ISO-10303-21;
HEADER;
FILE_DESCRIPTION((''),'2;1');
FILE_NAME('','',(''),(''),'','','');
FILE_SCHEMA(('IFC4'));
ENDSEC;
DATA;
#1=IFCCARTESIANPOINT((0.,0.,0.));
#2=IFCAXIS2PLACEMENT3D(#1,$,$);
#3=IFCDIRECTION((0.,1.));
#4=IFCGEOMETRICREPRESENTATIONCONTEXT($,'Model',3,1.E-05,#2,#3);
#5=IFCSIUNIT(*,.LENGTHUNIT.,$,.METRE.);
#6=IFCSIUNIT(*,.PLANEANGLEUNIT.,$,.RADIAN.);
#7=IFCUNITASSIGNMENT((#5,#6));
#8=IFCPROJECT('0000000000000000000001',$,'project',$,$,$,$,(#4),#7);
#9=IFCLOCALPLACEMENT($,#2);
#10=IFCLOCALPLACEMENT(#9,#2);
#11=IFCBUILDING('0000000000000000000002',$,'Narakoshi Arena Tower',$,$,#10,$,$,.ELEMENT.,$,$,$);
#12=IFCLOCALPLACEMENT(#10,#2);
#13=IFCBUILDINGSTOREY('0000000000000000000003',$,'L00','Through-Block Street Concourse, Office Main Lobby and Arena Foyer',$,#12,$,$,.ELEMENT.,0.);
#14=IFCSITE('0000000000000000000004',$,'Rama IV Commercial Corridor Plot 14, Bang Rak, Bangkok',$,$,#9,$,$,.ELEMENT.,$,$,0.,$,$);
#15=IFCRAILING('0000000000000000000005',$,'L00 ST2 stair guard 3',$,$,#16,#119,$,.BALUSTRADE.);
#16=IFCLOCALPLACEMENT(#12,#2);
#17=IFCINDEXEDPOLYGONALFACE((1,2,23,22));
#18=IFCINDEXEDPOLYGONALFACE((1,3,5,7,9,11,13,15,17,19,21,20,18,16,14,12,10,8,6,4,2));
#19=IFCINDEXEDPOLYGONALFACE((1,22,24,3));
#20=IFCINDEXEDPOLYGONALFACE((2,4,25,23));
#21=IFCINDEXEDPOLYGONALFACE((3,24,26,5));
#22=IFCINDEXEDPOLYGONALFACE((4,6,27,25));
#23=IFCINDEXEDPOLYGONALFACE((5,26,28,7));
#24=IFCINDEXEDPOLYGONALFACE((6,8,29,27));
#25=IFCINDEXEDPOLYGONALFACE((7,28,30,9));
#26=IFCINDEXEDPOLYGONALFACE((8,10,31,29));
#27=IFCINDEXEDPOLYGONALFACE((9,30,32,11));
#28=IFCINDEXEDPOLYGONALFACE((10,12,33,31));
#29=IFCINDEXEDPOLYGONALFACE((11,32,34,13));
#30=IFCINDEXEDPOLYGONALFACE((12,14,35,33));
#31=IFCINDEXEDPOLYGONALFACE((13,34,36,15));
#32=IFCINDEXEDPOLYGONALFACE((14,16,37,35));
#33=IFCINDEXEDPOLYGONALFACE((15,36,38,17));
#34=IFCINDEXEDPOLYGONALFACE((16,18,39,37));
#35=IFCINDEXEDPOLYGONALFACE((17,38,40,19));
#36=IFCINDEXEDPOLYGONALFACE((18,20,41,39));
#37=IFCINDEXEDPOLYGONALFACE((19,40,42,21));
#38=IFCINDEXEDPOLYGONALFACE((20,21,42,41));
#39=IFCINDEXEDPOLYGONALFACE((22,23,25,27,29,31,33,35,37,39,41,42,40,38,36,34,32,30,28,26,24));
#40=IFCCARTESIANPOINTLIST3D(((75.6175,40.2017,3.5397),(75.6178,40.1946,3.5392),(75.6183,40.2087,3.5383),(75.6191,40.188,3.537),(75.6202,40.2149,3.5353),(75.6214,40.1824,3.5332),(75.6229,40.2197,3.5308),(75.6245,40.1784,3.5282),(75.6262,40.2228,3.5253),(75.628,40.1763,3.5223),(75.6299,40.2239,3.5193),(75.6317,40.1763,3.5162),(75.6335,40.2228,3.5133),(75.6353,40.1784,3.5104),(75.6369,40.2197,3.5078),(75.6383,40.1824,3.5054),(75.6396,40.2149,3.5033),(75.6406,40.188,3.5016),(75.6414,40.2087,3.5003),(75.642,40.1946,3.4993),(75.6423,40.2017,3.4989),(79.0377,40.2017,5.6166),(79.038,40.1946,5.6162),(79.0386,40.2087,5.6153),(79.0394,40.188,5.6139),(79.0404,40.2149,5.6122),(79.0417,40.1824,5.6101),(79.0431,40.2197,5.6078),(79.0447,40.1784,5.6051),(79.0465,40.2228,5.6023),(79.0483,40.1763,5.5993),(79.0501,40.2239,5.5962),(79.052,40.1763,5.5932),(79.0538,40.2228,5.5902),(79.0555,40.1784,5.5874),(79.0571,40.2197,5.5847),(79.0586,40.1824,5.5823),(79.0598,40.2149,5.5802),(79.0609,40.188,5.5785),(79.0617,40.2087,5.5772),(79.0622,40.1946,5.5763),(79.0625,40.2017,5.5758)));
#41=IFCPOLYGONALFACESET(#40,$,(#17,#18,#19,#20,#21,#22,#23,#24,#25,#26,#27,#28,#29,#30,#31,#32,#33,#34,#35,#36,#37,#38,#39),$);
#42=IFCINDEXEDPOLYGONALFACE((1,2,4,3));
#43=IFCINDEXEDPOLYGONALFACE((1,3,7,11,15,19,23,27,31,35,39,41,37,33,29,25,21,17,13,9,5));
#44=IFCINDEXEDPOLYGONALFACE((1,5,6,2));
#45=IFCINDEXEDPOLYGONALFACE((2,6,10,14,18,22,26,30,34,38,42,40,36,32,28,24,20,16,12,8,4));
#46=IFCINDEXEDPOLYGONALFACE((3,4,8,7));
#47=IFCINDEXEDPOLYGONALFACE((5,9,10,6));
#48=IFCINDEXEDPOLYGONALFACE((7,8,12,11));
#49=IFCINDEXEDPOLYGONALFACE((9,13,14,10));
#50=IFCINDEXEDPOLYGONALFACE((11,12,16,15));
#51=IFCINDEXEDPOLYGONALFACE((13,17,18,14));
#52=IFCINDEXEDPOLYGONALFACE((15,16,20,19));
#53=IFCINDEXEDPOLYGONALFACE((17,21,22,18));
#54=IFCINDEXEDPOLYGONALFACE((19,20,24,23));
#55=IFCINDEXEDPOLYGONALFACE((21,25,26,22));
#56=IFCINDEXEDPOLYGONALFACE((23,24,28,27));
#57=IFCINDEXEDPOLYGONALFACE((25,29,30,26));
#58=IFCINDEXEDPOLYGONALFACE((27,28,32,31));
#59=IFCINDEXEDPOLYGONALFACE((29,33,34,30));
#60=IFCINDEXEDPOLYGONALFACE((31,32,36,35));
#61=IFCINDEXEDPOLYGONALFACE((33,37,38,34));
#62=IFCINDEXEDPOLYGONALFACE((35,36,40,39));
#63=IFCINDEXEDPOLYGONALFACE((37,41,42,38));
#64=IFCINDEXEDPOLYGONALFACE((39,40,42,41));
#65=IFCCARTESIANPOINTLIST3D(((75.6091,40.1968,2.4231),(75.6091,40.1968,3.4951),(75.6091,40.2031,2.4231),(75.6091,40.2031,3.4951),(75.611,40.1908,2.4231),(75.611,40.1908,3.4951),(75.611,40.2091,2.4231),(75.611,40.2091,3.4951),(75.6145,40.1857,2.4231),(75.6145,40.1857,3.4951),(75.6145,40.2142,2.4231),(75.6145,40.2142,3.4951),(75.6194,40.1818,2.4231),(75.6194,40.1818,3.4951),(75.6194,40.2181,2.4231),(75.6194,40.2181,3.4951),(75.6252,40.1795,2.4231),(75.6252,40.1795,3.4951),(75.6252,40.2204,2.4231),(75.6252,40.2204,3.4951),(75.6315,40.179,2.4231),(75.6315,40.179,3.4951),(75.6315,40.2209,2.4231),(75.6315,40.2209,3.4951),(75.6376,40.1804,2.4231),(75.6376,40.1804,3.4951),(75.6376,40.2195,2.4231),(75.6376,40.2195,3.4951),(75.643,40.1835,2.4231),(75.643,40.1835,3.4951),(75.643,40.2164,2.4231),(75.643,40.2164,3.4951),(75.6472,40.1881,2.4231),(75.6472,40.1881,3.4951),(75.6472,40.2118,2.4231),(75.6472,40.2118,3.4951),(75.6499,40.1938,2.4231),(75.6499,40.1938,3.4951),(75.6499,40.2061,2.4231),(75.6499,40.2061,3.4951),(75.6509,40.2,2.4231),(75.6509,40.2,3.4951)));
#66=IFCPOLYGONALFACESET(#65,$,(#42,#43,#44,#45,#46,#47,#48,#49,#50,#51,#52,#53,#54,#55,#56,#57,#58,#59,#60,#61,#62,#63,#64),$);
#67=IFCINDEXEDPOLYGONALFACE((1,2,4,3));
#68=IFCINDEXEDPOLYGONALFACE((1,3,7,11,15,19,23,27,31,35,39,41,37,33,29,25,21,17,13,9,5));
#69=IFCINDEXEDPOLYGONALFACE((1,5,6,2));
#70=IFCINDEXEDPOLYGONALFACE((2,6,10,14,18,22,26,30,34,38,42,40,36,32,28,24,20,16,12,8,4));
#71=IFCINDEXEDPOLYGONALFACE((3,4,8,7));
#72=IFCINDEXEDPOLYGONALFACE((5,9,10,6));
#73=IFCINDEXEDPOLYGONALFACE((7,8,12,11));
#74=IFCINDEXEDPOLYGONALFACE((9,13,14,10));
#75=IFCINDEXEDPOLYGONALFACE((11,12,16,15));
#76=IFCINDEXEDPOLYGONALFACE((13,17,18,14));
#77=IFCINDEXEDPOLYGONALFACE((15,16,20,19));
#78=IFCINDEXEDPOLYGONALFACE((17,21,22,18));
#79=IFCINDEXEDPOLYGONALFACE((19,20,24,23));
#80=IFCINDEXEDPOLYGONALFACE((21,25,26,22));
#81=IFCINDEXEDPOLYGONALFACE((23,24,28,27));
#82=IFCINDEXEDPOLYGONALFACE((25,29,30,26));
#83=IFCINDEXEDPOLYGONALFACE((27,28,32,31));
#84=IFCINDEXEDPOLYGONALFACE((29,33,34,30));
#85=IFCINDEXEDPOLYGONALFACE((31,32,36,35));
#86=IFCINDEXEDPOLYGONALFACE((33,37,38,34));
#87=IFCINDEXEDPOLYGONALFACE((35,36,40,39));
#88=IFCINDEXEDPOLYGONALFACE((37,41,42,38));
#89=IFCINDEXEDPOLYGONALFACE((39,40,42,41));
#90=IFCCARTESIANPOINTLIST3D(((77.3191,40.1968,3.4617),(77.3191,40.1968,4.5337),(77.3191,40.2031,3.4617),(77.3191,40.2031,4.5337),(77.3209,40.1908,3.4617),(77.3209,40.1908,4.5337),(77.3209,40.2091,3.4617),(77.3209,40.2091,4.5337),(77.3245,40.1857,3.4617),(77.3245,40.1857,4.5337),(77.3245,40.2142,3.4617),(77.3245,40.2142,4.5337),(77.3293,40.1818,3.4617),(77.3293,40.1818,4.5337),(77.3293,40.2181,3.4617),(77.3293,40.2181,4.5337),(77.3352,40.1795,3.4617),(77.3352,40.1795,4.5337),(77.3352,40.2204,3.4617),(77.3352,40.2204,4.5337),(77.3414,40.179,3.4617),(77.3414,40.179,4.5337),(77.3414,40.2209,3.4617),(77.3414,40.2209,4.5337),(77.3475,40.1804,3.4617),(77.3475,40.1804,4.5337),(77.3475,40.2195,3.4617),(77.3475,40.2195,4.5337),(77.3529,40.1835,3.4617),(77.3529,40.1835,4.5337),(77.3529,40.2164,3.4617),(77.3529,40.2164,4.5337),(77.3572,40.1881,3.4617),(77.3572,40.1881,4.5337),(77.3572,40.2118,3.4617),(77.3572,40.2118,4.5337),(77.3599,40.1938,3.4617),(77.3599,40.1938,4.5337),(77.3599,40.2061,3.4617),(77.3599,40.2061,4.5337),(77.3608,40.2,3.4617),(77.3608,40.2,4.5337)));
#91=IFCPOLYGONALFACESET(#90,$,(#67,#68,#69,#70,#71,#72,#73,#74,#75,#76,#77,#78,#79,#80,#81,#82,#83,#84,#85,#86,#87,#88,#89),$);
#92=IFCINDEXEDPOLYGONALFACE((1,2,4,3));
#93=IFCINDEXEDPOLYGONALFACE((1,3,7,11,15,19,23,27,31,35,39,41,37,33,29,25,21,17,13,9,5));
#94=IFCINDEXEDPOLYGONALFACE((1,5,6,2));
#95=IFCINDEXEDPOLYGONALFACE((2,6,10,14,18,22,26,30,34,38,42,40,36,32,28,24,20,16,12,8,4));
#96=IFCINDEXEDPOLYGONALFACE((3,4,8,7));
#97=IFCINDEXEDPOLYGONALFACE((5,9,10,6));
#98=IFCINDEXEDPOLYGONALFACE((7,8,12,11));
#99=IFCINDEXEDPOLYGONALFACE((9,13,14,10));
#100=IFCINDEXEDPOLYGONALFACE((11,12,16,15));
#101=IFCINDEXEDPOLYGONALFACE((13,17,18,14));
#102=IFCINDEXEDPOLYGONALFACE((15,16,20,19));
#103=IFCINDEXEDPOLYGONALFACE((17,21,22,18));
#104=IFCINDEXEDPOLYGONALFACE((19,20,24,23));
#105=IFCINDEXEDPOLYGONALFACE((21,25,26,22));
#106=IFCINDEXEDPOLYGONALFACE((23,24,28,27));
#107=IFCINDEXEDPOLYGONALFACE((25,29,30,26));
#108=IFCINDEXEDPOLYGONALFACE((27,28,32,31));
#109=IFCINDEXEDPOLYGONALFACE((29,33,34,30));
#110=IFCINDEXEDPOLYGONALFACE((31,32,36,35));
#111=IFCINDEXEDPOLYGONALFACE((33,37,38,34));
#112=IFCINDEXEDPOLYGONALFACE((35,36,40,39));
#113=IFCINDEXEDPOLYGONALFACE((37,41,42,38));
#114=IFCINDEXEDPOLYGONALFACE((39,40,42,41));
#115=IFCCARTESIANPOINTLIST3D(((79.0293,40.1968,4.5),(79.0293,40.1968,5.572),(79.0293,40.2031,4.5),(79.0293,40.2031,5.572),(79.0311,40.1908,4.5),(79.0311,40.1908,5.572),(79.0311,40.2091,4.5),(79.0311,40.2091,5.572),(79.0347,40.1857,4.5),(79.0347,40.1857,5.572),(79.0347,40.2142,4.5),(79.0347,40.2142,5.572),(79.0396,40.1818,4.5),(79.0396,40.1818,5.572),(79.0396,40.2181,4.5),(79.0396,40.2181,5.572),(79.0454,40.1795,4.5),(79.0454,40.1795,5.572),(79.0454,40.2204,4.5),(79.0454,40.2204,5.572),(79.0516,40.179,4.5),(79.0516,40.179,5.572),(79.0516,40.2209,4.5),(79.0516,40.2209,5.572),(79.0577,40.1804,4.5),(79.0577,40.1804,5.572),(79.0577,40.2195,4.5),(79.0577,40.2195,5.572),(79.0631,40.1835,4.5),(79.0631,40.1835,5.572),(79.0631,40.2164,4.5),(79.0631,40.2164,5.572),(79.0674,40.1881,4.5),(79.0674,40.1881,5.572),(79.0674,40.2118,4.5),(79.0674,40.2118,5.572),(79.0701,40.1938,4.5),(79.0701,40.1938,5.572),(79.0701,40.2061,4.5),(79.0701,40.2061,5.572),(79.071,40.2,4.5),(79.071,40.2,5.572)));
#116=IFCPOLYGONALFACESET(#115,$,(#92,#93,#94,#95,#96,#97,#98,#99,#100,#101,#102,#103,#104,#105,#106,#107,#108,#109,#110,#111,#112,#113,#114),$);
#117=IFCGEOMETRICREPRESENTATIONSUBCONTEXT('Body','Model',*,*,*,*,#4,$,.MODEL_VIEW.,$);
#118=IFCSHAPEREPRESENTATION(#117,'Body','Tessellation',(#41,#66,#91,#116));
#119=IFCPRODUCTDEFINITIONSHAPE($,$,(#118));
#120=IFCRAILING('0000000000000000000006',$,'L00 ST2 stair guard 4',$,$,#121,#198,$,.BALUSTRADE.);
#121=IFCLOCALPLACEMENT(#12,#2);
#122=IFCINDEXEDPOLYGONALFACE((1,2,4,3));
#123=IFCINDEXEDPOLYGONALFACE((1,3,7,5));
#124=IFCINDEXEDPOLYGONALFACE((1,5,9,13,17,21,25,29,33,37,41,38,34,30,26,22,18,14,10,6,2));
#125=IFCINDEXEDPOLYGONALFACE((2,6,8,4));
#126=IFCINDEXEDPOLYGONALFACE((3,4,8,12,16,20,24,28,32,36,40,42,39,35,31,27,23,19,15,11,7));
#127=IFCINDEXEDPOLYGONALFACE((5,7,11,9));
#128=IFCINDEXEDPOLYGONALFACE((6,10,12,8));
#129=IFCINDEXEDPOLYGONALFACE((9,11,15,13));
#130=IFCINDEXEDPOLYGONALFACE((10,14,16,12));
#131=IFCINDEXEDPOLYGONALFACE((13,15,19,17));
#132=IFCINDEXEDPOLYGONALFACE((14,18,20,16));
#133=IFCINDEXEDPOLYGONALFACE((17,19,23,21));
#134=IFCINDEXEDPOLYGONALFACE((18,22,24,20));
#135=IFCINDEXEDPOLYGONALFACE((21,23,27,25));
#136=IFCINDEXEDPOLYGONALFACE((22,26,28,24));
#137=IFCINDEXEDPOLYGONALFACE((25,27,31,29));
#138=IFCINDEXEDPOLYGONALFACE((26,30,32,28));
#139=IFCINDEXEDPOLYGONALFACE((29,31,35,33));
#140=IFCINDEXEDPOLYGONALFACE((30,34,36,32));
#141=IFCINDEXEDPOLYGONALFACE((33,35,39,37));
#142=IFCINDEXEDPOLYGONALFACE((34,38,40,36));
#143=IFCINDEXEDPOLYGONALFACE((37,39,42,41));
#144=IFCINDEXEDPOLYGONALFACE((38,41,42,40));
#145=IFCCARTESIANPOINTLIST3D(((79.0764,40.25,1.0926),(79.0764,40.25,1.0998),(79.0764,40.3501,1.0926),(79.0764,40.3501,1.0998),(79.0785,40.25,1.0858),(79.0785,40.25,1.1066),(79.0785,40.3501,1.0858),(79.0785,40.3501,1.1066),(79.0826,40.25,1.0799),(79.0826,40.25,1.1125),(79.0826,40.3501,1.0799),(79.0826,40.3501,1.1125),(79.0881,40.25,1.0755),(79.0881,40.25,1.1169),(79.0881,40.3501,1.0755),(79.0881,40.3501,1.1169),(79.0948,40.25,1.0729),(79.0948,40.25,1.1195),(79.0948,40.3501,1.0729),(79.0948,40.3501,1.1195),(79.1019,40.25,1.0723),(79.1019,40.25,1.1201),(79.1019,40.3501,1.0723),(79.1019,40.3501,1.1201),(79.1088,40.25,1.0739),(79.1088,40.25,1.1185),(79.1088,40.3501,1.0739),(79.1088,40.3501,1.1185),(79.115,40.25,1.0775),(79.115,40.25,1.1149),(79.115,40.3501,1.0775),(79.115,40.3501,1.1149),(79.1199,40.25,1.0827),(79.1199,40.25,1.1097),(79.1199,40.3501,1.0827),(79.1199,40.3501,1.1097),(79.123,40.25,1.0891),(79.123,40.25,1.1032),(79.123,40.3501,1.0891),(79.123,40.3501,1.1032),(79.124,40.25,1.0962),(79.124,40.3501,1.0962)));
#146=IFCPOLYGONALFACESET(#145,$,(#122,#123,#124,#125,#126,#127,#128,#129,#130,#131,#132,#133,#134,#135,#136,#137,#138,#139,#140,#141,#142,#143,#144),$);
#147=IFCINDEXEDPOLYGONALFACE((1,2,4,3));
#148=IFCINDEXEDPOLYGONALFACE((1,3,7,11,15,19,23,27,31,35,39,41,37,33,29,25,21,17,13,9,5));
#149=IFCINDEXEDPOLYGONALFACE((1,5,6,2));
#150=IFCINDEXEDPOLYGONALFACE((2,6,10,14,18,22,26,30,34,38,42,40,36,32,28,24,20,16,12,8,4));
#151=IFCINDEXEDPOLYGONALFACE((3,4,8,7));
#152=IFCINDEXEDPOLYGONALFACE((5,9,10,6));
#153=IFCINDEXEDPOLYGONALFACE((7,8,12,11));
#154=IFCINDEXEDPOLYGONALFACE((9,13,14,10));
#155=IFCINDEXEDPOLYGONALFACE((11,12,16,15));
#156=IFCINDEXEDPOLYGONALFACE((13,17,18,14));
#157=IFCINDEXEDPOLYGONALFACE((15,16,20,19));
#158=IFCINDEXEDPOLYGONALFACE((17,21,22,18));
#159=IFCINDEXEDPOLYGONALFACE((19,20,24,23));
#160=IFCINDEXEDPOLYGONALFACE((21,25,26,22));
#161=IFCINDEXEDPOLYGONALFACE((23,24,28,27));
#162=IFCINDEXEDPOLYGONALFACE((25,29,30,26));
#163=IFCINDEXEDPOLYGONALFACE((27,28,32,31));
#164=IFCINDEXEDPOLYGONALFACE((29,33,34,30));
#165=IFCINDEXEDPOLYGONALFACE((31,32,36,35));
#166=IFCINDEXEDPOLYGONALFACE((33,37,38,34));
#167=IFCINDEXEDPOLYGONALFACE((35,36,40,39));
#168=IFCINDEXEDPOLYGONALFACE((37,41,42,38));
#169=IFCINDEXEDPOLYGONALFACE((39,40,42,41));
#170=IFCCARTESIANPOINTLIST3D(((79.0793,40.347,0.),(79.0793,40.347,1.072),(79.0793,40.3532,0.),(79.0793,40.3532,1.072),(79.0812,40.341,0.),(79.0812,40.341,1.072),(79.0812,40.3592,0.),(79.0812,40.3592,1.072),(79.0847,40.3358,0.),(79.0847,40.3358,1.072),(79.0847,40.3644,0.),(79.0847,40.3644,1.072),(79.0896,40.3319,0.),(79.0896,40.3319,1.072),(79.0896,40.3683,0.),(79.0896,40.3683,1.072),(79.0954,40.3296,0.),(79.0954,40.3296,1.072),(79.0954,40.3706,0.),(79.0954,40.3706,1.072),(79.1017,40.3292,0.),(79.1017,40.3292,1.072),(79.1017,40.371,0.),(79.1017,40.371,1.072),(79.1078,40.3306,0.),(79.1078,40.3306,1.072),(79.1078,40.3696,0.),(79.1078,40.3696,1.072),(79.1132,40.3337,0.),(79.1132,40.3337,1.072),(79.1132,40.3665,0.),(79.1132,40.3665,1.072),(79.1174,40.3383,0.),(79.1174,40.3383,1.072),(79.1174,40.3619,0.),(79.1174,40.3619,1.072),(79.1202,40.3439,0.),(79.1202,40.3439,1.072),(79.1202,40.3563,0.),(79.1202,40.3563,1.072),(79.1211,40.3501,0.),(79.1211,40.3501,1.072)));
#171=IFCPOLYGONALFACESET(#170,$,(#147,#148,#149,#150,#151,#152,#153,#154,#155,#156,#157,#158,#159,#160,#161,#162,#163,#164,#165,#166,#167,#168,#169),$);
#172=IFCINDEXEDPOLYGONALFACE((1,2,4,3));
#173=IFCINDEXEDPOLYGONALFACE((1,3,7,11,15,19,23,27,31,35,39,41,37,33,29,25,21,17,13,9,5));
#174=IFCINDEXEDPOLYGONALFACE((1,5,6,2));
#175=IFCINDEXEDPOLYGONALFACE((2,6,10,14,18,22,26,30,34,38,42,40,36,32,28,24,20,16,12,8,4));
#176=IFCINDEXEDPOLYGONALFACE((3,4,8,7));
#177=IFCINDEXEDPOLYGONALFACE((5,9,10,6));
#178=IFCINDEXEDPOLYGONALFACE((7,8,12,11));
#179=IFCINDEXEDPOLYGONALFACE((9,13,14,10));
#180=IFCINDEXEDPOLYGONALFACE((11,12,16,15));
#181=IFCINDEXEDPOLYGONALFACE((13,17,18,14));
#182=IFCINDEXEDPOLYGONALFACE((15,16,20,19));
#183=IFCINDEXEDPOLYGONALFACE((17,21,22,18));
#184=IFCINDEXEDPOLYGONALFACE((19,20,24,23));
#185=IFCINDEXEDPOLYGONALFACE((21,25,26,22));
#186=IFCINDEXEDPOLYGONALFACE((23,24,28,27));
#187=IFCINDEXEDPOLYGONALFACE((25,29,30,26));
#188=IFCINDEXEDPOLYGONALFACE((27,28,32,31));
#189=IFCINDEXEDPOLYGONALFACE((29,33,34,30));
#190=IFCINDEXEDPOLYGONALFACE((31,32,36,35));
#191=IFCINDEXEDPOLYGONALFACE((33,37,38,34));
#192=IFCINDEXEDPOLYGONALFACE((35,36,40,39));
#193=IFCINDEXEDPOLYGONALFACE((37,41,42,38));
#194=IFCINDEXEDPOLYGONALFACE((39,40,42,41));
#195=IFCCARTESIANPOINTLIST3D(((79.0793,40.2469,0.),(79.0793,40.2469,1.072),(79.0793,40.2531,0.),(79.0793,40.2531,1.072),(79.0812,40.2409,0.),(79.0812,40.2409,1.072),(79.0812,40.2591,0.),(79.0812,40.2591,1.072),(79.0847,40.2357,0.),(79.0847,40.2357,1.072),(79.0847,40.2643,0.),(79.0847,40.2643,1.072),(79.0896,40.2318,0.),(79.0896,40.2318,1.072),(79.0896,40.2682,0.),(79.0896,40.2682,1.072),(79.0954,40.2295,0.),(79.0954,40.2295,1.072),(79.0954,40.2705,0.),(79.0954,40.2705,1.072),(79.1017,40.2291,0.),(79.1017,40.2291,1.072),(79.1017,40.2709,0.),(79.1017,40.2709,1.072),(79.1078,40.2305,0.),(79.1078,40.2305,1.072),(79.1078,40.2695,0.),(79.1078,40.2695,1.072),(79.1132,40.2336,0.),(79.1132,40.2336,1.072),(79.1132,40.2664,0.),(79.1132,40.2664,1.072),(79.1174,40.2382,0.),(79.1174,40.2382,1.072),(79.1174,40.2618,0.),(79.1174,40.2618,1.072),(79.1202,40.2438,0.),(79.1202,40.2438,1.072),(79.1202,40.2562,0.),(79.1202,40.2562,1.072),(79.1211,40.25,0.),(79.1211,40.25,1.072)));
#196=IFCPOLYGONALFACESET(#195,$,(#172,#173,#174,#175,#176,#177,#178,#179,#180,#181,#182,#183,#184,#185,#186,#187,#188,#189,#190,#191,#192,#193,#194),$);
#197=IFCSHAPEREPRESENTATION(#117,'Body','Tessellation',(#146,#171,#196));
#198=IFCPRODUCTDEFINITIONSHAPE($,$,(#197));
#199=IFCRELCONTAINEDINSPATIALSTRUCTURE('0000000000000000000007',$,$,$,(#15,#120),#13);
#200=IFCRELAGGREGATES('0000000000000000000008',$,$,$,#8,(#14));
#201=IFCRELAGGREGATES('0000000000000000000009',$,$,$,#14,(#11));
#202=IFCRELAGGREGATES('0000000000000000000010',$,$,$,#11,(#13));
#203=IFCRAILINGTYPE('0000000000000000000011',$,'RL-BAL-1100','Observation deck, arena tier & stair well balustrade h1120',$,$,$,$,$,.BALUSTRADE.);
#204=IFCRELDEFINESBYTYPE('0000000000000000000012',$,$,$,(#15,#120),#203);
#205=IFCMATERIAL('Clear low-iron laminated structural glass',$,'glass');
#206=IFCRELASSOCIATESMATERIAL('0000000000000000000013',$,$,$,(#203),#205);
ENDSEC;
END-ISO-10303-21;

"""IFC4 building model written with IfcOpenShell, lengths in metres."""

from ifc_helpers import new_model, si_unit, direction, frame, origin, origin_2d, place, context, subcontext, project, spatial, circle, extrude, material, type_object, element, save


model = new_model("IFC4")

# Units and contexts
model_context = context("Model", 3, precision=1e-05, world=origin(), true_north=direction((0.0, 1.0)))
body_context = subcontext(model_context, "Body", "Model", "MODEL_VIEW")
ifc_project = project(units=[si_unit("LENGTHUNIT", "METRE"), si_unit("PLANEANGLEUNIT", "RADIAN")], contexts=[model_context])

# Site, building, storey
site_placement = place(None, origin())
site = spatial("IfcSite", under=ifc_project, at=site_placement, Name="Rama IV Commercial Corridor Plot 14, Bang Rak, Bangkok", CompositionType="ELEMENT", RefElevation=0.0)
building_placement = place(site_placement, origin())
building = spatial("IfcBuilding", under=site, at=building_placement, Name="Narakoshi Arena Tower", CompositionType="ELEMENT")
storey_placement = place(building_placement, origin())
storey = spatial("IfcBuildingStorey", under=building, at=storey_placement, Name="L00", Description="Through-Block Street Concourse, Office Main Lobby and Arena Foyer", CompositionType="ELEMENT", Elevation=0.0)

# Railings
ifc_material_1 = material(Name="Clear low-iron laminated structural glass", Category="glass")
railing_type_1 = type_object("IfcRailingType", Name="RL-BAL-1100", Description="Observation deck, arena tier & stair well balustrade h1120", PredefinedType="BALUSTRADE", material=ifc_material_1)
railing_1_placement = place(storey_placement, frame((75.6299, 40.2, 2.4231)))
element("IfcRailing", 1, at=railing_1_placement, inside=storey, type_object=railing_type_1, Name="L00 ST2 stair guard 3", PredefinedType="BALUSTRADE", context=body_context, shape_type="SweptSolid", body=[
    extrude(circle(Radius=0.0239, at=origin_2d()), frame((0.0, 0.0, 1.0962), z_axis=(0.854746, 0.0, 0.519047), x_axis=(0.0, 1.0, 0.0)), (0.0, 0.0, 1.0), 4.0015),
    extrude(circle(Radius=0.021, at=origin_2d()), origin(), (0.0, 0.0, 1.0), 1.072),
    extrude(circle(Radius=0.021, at=origin_2d()), frame((1.71, 0.0, 1.0386)), (0.0, 0.0, 1.0), 1.072),
    extrude(circle(Radius=0.021, at=origin_2d()), frame((3.4202, 0.0, 2.0769)), (0.0, 0.0, 1.0), 1.072),
])
railing_2_placement = place(storey_placement, frame((79.1001, 40.3501, 0.0)))
element("IfcRailing", 2, at=railing_2_placement, inside=storey, type_object=railing_type_1, Name="L00 ST2 stair guard 4", PredefinedType="BALUSTRADE", context=body_context, shape_type="SweptSolid", body=[
    extrude(circle(Radius=0.0239, at=origin_2d()), frame((0.0, 0.0, 1.0962), z_axis=(0.0, -1.0, 0.0), x_axis=(1.0, 0.0, 0.0)), (0.0, 0.0, 1.0), 0.1001),
    extrude(circle(Radius=0.021, at=origin_2d()), origin(), (0.0, 0.0, 1.0), 1.072),
    extrude(circle(Radius=0.021, at=origin_2d()), frame((0.0, -0.1001, 0.0)), (0.0, 0.0, 1.0), 1.072),
])

save(model, "model.ifc")
